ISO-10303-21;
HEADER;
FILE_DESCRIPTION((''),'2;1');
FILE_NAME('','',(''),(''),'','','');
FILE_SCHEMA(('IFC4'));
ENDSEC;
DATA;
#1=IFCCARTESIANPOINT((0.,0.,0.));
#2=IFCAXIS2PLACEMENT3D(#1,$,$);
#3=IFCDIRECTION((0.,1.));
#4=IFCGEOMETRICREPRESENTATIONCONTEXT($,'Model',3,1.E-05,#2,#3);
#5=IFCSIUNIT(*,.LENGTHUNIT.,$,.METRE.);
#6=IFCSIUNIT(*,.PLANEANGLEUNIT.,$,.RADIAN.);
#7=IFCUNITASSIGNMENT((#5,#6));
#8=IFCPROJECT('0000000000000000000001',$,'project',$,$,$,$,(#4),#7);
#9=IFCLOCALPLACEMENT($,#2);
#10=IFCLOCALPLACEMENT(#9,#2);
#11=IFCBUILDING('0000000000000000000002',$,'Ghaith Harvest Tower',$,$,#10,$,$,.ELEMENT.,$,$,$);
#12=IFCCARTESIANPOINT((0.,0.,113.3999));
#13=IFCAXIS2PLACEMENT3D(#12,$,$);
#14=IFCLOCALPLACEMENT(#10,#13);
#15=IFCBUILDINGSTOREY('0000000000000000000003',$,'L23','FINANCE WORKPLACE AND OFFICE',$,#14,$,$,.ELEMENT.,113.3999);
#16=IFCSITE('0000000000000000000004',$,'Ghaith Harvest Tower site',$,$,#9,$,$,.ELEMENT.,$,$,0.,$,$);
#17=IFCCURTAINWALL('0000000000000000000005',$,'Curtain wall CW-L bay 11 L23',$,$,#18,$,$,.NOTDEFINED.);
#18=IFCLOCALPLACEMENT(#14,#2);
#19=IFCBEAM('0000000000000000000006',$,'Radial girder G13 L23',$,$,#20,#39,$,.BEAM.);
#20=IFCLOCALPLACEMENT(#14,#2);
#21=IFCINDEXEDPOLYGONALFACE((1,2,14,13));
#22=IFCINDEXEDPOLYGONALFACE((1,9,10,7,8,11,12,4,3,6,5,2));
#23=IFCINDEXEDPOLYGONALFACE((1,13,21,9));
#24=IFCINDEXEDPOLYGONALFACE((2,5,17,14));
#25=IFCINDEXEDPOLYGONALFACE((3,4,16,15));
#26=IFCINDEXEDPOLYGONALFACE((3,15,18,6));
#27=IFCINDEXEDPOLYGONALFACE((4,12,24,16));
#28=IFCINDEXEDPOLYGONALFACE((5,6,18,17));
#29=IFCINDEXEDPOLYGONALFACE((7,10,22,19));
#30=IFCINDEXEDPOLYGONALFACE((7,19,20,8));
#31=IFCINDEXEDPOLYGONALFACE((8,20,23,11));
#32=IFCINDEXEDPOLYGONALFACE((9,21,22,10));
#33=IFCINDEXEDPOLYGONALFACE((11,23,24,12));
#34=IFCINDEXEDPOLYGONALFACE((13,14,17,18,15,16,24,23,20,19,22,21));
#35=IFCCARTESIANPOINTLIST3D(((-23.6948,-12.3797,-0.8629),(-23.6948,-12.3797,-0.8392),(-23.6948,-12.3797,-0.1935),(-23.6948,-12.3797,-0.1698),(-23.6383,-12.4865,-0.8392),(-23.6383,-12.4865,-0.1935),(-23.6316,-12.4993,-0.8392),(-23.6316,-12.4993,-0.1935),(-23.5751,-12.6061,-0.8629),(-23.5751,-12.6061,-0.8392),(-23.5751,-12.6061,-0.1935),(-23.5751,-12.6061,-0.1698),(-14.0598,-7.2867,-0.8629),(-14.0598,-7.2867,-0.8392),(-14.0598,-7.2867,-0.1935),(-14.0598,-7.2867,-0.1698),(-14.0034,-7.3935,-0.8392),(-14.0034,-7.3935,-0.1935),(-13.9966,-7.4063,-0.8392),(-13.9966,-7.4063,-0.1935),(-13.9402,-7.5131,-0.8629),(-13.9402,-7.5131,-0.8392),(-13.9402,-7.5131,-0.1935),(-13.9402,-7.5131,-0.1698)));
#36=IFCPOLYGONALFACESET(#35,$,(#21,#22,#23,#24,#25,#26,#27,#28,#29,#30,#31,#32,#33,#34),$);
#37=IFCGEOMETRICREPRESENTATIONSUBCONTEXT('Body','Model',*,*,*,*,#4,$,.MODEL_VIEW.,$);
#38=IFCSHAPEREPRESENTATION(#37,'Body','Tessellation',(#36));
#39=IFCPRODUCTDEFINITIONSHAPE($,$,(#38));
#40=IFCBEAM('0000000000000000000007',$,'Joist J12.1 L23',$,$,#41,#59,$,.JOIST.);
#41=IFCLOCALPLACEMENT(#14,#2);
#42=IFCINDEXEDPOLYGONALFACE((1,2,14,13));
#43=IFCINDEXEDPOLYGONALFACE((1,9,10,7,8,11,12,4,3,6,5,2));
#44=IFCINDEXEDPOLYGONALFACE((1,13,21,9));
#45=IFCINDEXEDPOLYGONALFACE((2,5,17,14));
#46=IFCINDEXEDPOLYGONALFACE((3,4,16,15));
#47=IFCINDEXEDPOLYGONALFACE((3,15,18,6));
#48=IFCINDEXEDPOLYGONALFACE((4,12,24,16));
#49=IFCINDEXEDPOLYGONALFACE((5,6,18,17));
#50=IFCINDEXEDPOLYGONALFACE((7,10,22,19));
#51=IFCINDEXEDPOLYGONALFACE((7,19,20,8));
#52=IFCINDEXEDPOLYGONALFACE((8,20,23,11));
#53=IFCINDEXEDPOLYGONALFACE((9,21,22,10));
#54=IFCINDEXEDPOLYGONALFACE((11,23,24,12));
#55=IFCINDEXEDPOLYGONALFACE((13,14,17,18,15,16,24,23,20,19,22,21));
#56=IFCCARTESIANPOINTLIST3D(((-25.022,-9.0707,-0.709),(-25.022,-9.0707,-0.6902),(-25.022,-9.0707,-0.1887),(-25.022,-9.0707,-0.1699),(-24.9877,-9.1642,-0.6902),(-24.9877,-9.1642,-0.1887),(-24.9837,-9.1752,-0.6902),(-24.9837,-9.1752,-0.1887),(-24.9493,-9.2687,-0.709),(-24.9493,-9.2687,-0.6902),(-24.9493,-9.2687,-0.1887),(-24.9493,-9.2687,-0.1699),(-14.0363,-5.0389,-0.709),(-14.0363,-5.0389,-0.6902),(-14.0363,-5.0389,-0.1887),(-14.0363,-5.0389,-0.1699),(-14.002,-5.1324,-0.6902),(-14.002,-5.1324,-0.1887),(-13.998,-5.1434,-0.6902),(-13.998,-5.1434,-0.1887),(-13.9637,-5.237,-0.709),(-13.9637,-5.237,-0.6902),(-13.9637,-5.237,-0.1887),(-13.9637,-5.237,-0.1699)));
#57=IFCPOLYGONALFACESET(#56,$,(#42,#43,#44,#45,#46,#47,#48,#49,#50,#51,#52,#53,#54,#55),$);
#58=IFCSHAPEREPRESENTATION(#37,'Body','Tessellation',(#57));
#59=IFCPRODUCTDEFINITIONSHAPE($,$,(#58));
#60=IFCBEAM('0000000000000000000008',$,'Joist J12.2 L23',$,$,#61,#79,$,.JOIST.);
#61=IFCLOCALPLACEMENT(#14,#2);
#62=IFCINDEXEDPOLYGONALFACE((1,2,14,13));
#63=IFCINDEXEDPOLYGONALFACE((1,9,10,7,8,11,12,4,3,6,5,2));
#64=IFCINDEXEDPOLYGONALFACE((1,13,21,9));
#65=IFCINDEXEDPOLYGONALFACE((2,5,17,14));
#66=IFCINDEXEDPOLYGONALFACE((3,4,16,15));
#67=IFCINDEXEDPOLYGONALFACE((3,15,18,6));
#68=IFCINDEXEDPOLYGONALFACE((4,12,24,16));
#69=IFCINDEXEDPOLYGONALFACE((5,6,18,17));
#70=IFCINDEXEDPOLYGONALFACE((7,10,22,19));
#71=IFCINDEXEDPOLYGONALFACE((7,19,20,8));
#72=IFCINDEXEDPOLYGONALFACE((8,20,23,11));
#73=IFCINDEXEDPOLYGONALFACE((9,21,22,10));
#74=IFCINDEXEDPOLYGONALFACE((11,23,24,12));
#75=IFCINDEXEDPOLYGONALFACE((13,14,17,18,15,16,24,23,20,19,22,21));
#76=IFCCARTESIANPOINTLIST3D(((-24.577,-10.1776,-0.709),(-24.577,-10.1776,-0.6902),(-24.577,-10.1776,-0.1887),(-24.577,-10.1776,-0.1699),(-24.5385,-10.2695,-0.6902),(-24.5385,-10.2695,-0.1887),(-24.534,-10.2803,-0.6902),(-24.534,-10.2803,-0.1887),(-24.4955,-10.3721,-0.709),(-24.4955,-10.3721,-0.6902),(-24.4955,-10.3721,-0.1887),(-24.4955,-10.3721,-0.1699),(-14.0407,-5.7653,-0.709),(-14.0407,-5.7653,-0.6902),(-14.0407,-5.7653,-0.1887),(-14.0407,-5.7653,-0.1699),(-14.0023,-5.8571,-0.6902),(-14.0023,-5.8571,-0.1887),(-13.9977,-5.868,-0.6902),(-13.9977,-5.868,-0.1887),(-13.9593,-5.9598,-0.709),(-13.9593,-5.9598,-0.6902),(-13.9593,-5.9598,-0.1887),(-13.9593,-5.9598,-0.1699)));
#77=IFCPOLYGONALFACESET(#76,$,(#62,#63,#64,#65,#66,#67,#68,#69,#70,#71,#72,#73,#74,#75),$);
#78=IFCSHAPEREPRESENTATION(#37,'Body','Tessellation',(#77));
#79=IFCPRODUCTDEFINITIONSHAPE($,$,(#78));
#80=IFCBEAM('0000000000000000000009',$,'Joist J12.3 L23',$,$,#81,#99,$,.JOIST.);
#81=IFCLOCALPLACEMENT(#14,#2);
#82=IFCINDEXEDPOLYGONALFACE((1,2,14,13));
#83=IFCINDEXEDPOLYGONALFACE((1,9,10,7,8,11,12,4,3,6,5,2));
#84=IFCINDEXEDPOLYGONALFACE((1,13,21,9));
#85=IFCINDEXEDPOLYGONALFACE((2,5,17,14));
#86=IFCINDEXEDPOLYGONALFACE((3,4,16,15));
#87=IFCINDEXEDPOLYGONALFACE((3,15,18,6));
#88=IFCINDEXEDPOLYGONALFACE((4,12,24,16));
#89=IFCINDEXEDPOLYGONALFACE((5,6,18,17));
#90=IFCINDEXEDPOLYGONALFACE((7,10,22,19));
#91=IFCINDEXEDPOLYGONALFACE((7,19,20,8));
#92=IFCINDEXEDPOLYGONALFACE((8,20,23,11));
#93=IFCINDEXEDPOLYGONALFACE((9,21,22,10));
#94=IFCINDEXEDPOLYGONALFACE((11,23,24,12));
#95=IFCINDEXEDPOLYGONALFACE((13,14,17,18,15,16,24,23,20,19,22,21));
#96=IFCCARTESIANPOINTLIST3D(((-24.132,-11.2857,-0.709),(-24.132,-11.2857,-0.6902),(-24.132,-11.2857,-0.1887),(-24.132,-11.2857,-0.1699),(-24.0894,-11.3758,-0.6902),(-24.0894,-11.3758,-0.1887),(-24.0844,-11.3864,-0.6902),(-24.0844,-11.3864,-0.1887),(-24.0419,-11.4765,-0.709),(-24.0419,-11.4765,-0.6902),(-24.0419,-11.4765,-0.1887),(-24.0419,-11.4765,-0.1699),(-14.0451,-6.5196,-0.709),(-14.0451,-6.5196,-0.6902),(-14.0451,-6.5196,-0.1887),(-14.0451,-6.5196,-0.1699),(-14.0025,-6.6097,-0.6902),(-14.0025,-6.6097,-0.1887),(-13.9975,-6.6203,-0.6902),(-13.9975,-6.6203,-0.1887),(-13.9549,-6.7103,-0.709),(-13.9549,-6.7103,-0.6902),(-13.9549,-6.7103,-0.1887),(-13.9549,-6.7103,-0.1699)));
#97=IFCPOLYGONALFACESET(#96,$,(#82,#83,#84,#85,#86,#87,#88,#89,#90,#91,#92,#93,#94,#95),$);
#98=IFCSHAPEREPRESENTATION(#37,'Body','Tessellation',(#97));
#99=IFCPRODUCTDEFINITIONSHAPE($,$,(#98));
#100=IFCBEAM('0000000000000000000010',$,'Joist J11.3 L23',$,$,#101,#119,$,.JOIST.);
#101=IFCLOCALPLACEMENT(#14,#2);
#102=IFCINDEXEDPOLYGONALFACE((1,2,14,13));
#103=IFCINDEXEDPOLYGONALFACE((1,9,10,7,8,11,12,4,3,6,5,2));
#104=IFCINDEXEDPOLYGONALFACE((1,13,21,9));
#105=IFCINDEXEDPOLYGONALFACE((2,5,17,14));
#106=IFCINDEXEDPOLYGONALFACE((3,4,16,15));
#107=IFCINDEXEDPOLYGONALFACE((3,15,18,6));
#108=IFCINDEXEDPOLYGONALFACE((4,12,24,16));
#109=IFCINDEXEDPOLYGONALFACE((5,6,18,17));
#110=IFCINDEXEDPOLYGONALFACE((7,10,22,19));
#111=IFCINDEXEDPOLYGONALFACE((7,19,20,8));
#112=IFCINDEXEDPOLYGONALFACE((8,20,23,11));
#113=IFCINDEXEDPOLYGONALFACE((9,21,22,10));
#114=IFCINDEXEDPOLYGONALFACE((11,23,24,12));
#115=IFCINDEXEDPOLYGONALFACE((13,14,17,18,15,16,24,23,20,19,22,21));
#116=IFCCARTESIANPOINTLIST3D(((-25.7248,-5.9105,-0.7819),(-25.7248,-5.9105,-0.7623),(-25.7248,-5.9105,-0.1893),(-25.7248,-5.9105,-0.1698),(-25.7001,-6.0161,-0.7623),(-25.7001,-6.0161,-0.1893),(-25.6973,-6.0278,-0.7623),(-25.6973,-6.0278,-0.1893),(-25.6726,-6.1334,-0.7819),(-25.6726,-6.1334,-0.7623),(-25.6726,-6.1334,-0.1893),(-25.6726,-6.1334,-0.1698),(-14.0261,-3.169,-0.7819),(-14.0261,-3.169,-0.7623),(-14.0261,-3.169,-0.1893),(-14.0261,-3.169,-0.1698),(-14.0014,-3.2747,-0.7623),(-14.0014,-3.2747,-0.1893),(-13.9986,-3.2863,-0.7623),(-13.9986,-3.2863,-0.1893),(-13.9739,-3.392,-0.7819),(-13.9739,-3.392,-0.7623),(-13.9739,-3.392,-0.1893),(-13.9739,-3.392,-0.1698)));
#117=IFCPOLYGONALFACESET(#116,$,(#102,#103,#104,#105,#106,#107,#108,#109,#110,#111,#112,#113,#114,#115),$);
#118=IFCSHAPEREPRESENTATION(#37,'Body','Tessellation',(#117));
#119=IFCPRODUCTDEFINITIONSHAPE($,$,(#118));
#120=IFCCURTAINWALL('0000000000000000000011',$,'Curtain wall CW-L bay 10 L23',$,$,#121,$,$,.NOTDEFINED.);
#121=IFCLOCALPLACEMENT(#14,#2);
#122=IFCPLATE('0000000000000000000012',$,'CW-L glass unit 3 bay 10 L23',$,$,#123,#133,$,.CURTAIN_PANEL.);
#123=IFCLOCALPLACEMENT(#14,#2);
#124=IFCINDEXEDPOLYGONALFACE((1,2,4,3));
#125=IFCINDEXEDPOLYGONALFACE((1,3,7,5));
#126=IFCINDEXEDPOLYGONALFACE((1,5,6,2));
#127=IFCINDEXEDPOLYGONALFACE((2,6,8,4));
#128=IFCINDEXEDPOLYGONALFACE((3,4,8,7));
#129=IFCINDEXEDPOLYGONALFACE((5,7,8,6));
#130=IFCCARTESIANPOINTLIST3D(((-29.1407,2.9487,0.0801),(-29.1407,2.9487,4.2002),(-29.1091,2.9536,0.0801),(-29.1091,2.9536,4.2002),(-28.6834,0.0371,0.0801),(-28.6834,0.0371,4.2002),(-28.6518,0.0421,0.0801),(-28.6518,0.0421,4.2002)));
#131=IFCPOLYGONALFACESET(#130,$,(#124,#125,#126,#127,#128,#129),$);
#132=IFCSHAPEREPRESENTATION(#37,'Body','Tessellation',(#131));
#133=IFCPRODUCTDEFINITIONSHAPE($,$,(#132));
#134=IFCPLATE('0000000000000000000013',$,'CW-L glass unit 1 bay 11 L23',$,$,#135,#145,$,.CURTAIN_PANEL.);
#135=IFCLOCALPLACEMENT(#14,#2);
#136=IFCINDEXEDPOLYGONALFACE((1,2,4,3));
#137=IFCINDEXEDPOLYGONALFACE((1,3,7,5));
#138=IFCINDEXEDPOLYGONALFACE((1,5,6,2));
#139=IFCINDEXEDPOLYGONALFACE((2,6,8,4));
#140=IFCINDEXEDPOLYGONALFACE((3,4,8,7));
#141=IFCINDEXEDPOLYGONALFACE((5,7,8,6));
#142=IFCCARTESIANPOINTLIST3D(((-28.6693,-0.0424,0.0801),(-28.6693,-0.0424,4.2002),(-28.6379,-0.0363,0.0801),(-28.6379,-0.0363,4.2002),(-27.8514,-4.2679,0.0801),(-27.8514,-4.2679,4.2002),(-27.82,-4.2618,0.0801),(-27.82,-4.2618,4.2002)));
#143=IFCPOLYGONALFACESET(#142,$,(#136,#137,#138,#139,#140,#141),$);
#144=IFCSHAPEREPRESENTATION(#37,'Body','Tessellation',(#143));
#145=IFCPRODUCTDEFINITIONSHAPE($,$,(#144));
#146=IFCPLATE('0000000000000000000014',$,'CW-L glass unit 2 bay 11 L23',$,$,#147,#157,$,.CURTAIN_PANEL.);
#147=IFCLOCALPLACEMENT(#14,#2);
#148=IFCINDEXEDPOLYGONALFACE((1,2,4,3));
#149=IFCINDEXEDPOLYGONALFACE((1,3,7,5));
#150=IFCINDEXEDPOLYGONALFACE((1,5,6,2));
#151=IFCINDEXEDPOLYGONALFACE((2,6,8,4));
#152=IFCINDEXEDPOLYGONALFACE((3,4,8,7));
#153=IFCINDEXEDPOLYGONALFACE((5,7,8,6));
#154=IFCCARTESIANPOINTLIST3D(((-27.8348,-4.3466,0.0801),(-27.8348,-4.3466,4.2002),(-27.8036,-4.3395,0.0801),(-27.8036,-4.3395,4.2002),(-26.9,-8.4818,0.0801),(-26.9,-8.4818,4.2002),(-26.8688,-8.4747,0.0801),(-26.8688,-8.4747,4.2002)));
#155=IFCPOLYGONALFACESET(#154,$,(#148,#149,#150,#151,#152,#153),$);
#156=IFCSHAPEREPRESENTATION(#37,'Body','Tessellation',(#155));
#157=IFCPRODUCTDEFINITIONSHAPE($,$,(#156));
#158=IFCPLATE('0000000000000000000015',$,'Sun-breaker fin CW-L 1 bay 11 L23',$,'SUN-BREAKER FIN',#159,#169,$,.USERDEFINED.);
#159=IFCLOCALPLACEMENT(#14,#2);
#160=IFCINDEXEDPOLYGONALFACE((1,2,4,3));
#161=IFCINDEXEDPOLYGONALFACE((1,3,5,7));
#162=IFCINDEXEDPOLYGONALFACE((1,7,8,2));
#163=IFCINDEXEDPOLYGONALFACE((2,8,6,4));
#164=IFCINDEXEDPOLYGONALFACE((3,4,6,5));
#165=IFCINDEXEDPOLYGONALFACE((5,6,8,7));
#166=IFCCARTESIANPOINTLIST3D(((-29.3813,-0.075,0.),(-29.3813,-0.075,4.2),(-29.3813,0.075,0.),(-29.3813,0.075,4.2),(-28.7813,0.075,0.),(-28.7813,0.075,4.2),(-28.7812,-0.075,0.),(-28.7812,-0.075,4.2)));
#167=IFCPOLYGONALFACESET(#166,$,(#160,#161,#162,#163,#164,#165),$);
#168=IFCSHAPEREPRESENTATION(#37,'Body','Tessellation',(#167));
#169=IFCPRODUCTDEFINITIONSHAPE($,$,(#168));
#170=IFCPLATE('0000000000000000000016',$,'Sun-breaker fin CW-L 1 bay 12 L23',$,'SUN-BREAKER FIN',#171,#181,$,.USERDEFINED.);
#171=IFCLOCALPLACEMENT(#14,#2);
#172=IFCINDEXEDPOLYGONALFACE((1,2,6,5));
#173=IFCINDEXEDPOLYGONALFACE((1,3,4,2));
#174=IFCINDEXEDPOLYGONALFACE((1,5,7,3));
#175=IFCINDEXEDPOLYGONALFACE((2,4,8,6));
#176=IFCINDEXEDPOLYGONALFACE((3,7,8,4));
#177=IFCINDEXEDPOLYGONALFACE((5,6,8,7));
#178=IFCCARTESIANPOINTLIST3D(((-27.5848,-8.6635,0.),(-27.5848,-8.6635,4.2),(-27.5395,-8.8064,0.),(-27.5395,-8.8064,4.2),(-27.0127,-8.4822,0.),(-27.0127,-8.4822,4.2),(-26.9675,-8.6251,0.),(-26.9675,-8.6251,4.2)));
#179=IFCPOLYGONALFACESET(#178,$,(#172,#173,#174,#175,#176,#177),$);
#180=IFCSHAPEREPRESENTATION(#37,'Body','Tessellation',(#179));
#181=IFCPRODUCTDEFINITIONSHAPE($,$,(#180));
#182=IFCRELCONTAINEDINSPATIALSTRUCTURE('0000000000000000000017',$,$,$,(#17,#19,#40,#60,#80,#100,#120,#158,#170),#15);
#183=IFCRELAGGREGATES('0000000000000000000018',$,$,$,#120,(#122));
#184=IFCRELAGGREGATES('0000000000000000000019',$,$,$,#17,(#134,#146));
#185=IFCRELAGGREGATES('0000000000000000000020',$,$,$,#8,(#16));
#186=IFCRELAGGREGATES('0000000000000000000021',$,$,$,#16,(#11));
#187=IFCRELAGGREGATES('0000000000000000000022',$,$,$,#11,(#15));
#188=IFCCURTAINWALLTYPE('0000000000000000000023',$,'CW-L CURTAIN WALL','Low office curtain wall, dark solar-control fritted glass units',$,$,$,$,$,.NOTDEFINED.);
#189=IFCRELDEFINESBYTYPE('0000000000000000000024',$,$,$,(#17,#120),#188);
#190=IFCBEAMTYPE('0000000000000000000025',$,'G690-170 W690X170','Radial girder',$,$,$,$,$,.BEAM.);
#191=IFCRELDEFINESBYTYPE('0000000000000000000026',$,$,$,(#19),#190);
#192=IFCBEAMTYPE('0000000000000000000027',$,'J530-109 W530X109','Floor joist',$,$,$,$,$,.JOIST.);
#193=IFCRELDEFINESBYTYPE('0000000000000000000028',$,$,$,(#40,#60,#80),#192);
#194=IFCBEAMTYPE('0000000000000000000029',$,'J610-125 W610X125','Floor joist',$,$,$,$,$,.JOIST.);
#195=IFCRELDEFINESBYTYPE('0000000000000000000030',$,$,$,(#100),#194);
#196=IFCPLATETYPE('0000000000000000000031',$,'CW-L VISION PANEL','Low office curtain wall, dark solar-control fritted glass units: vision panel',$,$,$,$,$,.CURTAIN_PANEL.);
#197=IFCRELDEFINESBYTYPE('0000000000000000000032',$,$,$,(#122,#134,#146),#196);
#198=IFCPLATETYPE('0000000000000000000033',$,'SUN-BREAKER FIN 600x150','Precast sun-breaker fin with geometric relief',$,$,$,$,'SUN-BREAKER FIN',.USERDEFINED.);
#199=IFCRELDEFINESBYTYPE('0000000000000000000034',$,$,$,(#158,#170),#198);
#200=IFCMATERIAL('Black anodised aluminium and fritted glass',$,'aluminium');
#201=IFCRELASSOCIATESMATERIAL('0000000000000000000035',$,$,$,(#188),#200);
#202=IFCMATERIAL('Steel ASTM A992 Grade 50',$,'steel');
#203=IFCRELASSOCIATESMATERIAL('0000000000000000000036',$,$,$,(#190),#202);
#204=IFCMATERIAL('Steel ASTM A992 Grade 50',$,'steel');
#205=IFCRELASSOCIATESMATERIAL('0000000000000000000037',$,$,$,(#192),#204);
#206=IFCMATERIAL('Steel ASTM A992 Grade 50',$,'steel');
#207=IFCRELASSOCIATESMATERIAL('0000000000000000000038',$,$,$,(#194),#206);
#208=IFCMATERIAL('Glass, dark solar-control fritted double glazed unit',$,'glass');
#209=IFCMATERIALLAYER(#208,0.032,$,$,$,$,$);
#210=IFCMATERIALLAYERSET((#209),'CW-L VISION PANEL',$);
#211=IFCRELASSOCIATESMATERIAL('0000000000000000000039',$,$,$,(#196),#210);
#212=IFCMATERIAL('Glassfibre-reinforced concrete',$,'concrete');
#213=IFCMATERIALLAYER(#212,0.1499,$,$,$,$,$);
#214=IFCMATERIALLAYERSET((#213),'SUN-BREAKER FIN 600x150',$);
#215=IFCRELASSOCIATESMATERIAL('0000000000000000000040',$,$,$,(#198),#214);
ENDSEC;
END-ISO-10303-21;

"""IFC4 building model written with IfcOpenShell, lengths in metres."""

from ifc_helpers import new_model, si_unit, direction, frame, origin, origin_2d, place, context, subcontext, project, spatial, rectangle, i_section, extrude, material, layer, layer_set, material_profile, profile_set, type_object, element, aggregate, save


model = new_model("IFC4")

# Units and contexts
model_context = context("Model", 3, precision=1e-05, world=origin(), true_north=direction((0.0, 1.0)))
body_context = subcontext(model_context, "Body", "Model", "MODEL_VIEW")
ifc_project = project(units=[si_unit("LENGTHUNIT", "METRE"), si_unit("PLANEANGLEUNIT", "RADIAN")], contexts=[model_context])

# Site, building, storey
site_placement = place(None, origin())
site = spatial("IfcSite", under=ifc_project, at=site_placement, Name="Ghaith Harvest Tower site", CompositionType="ELEMENT", RefElevation=0.0)
building_placement = place(site_placement, origin())
building = spatial("IfcBuilding", under=site, at=building_placement, Name="Ghaith Harvest Tower", CompositionType="ELEMENT")
storey_placement = place(building_placement, frame((0.0, 0.0, 113.3999)))
storey = spatial("IfcBuildingStorey", under=building, at=storey_placement, Name="L23", Description="FINANCE WORKPLACE AND OFFICE", CompositionType="ELEMENT", Elevation=113.3999)

# Curtain wall
ifc_material_1 = material(Name="Black anodised aluminium and fritted glass", Category="aluminium")
curtain_wall_type = type_object("IfcCurtainWallType", Name="CW-L CURTAIN WALL", Description="Low office curtain wall, dark solar-control fritted glass units", PredefinedType="NOTDEFINED", material=ifc_material_1)
curtain_wall_1_placement = place(storey_placement, origin())
curtain_wall_1 = element("IfcCurtainWall", 1, at=curtain_wall_1_placement, inside=storey, type_object=curtain_wall_type, Name="Curtain wall CW-L bay 11 L23", PredefinedType="NOTDEFINED")

# Beams
ifc_material_2 = material(Name="Steel ASTM A992 Grade 50", Category="steel")
ifc_material_profile_1 = material_profile(ifc_material_2, i_section(OverallWidth=0.2561, OverallDepth=0.6931, WebThickness=0.0144, FlangeThickness=0.0237, at=origin_2d()), Name="W690X170")
ifc_profile_set_1 = profile_set([ifc_material_profile_1], Name="Steel ASTM A992 Grade 50")
beam_type_1 = type_object("IfcBeamType", Name="G690-170 W690X170", Description="Radial girder", PredefinedType="BEAM", material=ifc_profile_set_1)
beam_1_placement = place(storey_placement, frame((-14.0, -7.3999, -0.5164), z_axis=(-0.884086, -0.467324, 0.0), x_axis=(0.467324, -0.884086, 0.0)))
element("IfcBeam", 2, at=beam_1_placement, inside=storey, type_object=beam_type_1, Name="Radial girder G13 L23", PredefinedType="BEAM", context=body_context, shape_type="SweptSolid", body=[
    extrude(i_section(OverallWidth=0.2561, OverallDepth=0.6931, WebThickness=0.0144, FlangeThickness=0.0237, at=origin_2d()), origin(), (0.0, 0.0, 1.0), 10.8982),
])
ifc_material_3 = material(Name="Steel ASTM A992 Grade 50", Category="steel")
ifc_material_profile_2 = material_profile(ifc_material_3, i_section(OverallWidth=0.2109, OverallDepth=0.5391, WebThickness=0.0117, FlangeThickness=0.0188, at=origin_2d()), Name="W530X109")
ifc_profile_set_2 = profile_set([ifc_material_profile_2], Name="Steel ASTM A992 Grade 50")
beam_type_2 = type_object("IfcBeamType", Name="J530-109 W530X109", Description="Floor joist", PredefinedType="JOIST", material=ifc_profile_set_2)
beam_2_placement = place(storey_placement, frame((-14.0, -5.1379, -0.4395), z_axis=(-0.938774, -0.344532, 0.0), x_axis=(0.344532, -0.938774, 0.0)))
element("IfcBeam", 3, at=beam_2_placement, inside=storey, type_object=beam_type_2, Name="Joist J12.1 L23", PredefinedType="JOIST", context=body_context, shape_type="SweptSolid", body=[
    extrude(i_section(OverallWidth=0.2109, OverallDepth=0.5391, WebThickness=0.0117, FlangeThickness=0.0188, at=origin_2d()), origin(), (0.0, 0.0, 1.0), 11.7021),
])
beam_3_placement = place(storey_placement, frame((-14.0, -5.8625, -0.4395), z_axis=(-0.922386, -0.38627, 0.0), x_axis=(0.38627, -0.922386, 0.0)))
element("IfcBeam", 4, at=beam_3_placement, inside=storey, type_object=beam_type_2, Name="Joist J12.2 L23", PredefinedType="JOIST", context=body_context, shape_type="SweptSolid", body=[
    extrude(i_section(OverallWidth=0.2109, OverallDepth=0.5391, WebThickness=0.0117, FlangeThickness=0.0188, at=origin_2d()), origin(), (0.0, 0.0, 1.0), 11.4229),
])
beam_4_placement = place(storey_placement, frame((-14.0, -6.615, -0.4395), z_axis=(-0.90415, -0.427215, 0.0), x_axis=(0.427215, -0.90415, 0.0)))
element("IfcBeam", 5, at=beam_4_placement, inside=storey, type_object=beam_type_2, Name="Joist J12.3 L23", PredefinedType="JOIST", context=body_context, shape_type="SweptSolid", body=[
    extrude(i_section(OverallWidth=0.2109, OverallDepth=0.5391, WebThickness=0.0117, FlangeThickness=0.0188, at=origin_2d()), origin(), (0.0, 0.0, 1.0), 11.1562),
])
ifc_material_4 = material(Name="Steel ASTM A992 Grade 50", Category="steel")
ifc_material_profile_3 = material_profile(ifc_material_4, i_section(OverallWidth=0.229, OverallDepth=0.6121, WebThickness=0.012, FlangeThickness=0.0195, at=origin_2d()), Name="W610X125")
ifc_profile_set_3 = profile_set([ifc_material_profile_3], Name="Steel ASTM A992 Grade 50")
beam_type_3 = type_object("IfcBeamType", Name="J610-125 W610X125", Description="Floor joist", PredefinedType="JOIST", material=ifc_profile_set_3)
beam_5_placement = place(storey_placement, frame((-14.0, -3.2805, -0.4758), z_axis=(-0.973624, -0.228157, 0.0), x_axis=(0.228157, -0.973624, 0.0)))
element("IfcBeam", 6, at=beam_5_placement, inside=storey, type_object=beam_type_3, Name="Joist J11.3 L23", PredefinedType="JOIST", context=body_context, shape_type="SweptSolid", body=[
    extrude(i_section(OverallWidth=0.229, OverallDepth=0.6121, WebThickness=0.012, FlangeThickness=0.0195, at=origin_2d()), origin(), (0.0, 0.0, 1.0), 12.0156),
])

# Curtain wall, plate
curtain_wall_2_placement = place(storey_placement, origin())
curtain_wall_2 = element("IfcCurtainWall", 7, at=curtain_wall_2_placement, inside=storey, type_object=curtain_wall_type, Name="Curtain wall CW-L bay 10 L23", PredefinedType="NOTDEFINED")
ifc_material_5 = material(Name="Glass, dark solar-control fritted double glazed unit", Category="glass")
ifc_layer_1 = layer(ifc_material_5, 0.032)
ifc_layer_set_1 = layer_set([ifc_layer_1], Name="CW-L VISION PANEL")
plate_type_1 = type_object("IfcPlateType", Name="CW-L VISION PANEL", Description="Low office curtain wall, dark solar-control fritted glass units: vision panel", PredefinedType="CURTAIN_PANEL", material=ifc_layer_set_1)
plate_1_placement = place(storey_placement, frame((-28.8962, 1.4954, 0.0801), z_axis=(0.0, 0.0, 1.0), x_axis=(0.155172, -0.987887, 0.0)))
plate_1 = element("IfcPlate", 8, at=plate_1_placement, type_object=plate_type_1, Name="CW-L glass unit 3 bay 10 L23", PredefinedType="CURTAIN_PANEL", context=body_context, shape_type="SweptSolid", body=[
    extrude(rectangle(XDim=2.9473, YDim=0.032, at=origin_2d()), origin(), (0.0, 0.0, 1.0), 4.1201),
])
aggregate(curtain_wall_2, [plate_1])

# Plates
plate_2_placement = place(storey_placement, frame((-28.2446, -2.1521, 0.0801), z_axis=(0.0, 0.0, 1.0), x_axis=(0.190045, -0.981775, 0.0)))
plate_2 = element("IfcPlate", 9, at=plate_2_placement, type_object=plate_type_1, Name="CW-L glass unit 1 bay 11 L23", PredefinedType="CURTAIN_PANEL", context=body_context, shape_type="SweptSolid", body=[
    extrude(rectangle(XDim=4.304, YDim=0.032, at=origin_2d()), origin(), (0.0, 0.0, 1.0), 4.1201),
])
plate_3_placement = place(storey_placement, frame((-27.3518, -6.4106, 0.0801), z_axis=(0.0, 0.0, 1.0), x_axis=(0.220483, -0.975391, 0.0)))
plate_3 = element("IfcPlate", 10, at=plate_3_placement, type_object=plate_type_1, Name="CW-L glass unit 2 bay 11 L23", PredefinedType="CURTAIN_PANEL", context=body_context, shape_type="SweptSolid", body=[
    extrude(rectangle(XDim=4.2395, YDim=0.032, at=origin_2d()), origin(), (0.0, 0.0, 1.0), 4.1201),
])
aggregate(curtain_wall_1, [plate_2, plate_3])

# Plates
ifc_material_6 = material(Name="Glassfibre-reinforced concrete", Category="concrete")
ifc_layer_2 = layer(ifc_material_6, 0.1499)
ifc_layer_set_2 = layer_set([ifc_layer_2], Name="SUN-BREAKER FIN 600x150")
plate_type_2 = type_object("IfcPlateType", Name="SUN-BREAKER FIN 600x150", Description="Precast sun-breaker fin with geometric relief", ElementType="SUN-BREAKER FIN", PredefinedType="USERDEFINED", material=ifc_layer_set_2)
for number, where, z_axis, x_axis, name in (
    (11, (-29.0813, 0.0, 0.0), (0.0, 0.0, 1.0), (-1.0, 0.0, 0.0), "Sun-breaker fin CW-L 1 bay 11 L23"),
    (12, (-27.2761, -8.6443, 0.0), (0.0, 0.0, 1.0), (-0.953273, -0.30211, 0.0), "Sun-breaker fin CW-L 1 bay 12 L23"),
):
    element("IfcPlate", number, at=place(storey_placement, frame(where, z_axis=z_axis, x_axis=x_axis)), inside=storey, type_object=plate_type_2, Name=name, ObjectType="SUN-BREAKER FIN", PredefinedType="USERDEFINED", context=body_context, shape_type="SweptSolid", body=[
        extrude(rectangle(XDim=0.6001, YDim=0.1499, at=origin_2d()), origin(), (0.0, 0.0, 1.0), 4.2),
    ])

save(model, "model.ifc")
